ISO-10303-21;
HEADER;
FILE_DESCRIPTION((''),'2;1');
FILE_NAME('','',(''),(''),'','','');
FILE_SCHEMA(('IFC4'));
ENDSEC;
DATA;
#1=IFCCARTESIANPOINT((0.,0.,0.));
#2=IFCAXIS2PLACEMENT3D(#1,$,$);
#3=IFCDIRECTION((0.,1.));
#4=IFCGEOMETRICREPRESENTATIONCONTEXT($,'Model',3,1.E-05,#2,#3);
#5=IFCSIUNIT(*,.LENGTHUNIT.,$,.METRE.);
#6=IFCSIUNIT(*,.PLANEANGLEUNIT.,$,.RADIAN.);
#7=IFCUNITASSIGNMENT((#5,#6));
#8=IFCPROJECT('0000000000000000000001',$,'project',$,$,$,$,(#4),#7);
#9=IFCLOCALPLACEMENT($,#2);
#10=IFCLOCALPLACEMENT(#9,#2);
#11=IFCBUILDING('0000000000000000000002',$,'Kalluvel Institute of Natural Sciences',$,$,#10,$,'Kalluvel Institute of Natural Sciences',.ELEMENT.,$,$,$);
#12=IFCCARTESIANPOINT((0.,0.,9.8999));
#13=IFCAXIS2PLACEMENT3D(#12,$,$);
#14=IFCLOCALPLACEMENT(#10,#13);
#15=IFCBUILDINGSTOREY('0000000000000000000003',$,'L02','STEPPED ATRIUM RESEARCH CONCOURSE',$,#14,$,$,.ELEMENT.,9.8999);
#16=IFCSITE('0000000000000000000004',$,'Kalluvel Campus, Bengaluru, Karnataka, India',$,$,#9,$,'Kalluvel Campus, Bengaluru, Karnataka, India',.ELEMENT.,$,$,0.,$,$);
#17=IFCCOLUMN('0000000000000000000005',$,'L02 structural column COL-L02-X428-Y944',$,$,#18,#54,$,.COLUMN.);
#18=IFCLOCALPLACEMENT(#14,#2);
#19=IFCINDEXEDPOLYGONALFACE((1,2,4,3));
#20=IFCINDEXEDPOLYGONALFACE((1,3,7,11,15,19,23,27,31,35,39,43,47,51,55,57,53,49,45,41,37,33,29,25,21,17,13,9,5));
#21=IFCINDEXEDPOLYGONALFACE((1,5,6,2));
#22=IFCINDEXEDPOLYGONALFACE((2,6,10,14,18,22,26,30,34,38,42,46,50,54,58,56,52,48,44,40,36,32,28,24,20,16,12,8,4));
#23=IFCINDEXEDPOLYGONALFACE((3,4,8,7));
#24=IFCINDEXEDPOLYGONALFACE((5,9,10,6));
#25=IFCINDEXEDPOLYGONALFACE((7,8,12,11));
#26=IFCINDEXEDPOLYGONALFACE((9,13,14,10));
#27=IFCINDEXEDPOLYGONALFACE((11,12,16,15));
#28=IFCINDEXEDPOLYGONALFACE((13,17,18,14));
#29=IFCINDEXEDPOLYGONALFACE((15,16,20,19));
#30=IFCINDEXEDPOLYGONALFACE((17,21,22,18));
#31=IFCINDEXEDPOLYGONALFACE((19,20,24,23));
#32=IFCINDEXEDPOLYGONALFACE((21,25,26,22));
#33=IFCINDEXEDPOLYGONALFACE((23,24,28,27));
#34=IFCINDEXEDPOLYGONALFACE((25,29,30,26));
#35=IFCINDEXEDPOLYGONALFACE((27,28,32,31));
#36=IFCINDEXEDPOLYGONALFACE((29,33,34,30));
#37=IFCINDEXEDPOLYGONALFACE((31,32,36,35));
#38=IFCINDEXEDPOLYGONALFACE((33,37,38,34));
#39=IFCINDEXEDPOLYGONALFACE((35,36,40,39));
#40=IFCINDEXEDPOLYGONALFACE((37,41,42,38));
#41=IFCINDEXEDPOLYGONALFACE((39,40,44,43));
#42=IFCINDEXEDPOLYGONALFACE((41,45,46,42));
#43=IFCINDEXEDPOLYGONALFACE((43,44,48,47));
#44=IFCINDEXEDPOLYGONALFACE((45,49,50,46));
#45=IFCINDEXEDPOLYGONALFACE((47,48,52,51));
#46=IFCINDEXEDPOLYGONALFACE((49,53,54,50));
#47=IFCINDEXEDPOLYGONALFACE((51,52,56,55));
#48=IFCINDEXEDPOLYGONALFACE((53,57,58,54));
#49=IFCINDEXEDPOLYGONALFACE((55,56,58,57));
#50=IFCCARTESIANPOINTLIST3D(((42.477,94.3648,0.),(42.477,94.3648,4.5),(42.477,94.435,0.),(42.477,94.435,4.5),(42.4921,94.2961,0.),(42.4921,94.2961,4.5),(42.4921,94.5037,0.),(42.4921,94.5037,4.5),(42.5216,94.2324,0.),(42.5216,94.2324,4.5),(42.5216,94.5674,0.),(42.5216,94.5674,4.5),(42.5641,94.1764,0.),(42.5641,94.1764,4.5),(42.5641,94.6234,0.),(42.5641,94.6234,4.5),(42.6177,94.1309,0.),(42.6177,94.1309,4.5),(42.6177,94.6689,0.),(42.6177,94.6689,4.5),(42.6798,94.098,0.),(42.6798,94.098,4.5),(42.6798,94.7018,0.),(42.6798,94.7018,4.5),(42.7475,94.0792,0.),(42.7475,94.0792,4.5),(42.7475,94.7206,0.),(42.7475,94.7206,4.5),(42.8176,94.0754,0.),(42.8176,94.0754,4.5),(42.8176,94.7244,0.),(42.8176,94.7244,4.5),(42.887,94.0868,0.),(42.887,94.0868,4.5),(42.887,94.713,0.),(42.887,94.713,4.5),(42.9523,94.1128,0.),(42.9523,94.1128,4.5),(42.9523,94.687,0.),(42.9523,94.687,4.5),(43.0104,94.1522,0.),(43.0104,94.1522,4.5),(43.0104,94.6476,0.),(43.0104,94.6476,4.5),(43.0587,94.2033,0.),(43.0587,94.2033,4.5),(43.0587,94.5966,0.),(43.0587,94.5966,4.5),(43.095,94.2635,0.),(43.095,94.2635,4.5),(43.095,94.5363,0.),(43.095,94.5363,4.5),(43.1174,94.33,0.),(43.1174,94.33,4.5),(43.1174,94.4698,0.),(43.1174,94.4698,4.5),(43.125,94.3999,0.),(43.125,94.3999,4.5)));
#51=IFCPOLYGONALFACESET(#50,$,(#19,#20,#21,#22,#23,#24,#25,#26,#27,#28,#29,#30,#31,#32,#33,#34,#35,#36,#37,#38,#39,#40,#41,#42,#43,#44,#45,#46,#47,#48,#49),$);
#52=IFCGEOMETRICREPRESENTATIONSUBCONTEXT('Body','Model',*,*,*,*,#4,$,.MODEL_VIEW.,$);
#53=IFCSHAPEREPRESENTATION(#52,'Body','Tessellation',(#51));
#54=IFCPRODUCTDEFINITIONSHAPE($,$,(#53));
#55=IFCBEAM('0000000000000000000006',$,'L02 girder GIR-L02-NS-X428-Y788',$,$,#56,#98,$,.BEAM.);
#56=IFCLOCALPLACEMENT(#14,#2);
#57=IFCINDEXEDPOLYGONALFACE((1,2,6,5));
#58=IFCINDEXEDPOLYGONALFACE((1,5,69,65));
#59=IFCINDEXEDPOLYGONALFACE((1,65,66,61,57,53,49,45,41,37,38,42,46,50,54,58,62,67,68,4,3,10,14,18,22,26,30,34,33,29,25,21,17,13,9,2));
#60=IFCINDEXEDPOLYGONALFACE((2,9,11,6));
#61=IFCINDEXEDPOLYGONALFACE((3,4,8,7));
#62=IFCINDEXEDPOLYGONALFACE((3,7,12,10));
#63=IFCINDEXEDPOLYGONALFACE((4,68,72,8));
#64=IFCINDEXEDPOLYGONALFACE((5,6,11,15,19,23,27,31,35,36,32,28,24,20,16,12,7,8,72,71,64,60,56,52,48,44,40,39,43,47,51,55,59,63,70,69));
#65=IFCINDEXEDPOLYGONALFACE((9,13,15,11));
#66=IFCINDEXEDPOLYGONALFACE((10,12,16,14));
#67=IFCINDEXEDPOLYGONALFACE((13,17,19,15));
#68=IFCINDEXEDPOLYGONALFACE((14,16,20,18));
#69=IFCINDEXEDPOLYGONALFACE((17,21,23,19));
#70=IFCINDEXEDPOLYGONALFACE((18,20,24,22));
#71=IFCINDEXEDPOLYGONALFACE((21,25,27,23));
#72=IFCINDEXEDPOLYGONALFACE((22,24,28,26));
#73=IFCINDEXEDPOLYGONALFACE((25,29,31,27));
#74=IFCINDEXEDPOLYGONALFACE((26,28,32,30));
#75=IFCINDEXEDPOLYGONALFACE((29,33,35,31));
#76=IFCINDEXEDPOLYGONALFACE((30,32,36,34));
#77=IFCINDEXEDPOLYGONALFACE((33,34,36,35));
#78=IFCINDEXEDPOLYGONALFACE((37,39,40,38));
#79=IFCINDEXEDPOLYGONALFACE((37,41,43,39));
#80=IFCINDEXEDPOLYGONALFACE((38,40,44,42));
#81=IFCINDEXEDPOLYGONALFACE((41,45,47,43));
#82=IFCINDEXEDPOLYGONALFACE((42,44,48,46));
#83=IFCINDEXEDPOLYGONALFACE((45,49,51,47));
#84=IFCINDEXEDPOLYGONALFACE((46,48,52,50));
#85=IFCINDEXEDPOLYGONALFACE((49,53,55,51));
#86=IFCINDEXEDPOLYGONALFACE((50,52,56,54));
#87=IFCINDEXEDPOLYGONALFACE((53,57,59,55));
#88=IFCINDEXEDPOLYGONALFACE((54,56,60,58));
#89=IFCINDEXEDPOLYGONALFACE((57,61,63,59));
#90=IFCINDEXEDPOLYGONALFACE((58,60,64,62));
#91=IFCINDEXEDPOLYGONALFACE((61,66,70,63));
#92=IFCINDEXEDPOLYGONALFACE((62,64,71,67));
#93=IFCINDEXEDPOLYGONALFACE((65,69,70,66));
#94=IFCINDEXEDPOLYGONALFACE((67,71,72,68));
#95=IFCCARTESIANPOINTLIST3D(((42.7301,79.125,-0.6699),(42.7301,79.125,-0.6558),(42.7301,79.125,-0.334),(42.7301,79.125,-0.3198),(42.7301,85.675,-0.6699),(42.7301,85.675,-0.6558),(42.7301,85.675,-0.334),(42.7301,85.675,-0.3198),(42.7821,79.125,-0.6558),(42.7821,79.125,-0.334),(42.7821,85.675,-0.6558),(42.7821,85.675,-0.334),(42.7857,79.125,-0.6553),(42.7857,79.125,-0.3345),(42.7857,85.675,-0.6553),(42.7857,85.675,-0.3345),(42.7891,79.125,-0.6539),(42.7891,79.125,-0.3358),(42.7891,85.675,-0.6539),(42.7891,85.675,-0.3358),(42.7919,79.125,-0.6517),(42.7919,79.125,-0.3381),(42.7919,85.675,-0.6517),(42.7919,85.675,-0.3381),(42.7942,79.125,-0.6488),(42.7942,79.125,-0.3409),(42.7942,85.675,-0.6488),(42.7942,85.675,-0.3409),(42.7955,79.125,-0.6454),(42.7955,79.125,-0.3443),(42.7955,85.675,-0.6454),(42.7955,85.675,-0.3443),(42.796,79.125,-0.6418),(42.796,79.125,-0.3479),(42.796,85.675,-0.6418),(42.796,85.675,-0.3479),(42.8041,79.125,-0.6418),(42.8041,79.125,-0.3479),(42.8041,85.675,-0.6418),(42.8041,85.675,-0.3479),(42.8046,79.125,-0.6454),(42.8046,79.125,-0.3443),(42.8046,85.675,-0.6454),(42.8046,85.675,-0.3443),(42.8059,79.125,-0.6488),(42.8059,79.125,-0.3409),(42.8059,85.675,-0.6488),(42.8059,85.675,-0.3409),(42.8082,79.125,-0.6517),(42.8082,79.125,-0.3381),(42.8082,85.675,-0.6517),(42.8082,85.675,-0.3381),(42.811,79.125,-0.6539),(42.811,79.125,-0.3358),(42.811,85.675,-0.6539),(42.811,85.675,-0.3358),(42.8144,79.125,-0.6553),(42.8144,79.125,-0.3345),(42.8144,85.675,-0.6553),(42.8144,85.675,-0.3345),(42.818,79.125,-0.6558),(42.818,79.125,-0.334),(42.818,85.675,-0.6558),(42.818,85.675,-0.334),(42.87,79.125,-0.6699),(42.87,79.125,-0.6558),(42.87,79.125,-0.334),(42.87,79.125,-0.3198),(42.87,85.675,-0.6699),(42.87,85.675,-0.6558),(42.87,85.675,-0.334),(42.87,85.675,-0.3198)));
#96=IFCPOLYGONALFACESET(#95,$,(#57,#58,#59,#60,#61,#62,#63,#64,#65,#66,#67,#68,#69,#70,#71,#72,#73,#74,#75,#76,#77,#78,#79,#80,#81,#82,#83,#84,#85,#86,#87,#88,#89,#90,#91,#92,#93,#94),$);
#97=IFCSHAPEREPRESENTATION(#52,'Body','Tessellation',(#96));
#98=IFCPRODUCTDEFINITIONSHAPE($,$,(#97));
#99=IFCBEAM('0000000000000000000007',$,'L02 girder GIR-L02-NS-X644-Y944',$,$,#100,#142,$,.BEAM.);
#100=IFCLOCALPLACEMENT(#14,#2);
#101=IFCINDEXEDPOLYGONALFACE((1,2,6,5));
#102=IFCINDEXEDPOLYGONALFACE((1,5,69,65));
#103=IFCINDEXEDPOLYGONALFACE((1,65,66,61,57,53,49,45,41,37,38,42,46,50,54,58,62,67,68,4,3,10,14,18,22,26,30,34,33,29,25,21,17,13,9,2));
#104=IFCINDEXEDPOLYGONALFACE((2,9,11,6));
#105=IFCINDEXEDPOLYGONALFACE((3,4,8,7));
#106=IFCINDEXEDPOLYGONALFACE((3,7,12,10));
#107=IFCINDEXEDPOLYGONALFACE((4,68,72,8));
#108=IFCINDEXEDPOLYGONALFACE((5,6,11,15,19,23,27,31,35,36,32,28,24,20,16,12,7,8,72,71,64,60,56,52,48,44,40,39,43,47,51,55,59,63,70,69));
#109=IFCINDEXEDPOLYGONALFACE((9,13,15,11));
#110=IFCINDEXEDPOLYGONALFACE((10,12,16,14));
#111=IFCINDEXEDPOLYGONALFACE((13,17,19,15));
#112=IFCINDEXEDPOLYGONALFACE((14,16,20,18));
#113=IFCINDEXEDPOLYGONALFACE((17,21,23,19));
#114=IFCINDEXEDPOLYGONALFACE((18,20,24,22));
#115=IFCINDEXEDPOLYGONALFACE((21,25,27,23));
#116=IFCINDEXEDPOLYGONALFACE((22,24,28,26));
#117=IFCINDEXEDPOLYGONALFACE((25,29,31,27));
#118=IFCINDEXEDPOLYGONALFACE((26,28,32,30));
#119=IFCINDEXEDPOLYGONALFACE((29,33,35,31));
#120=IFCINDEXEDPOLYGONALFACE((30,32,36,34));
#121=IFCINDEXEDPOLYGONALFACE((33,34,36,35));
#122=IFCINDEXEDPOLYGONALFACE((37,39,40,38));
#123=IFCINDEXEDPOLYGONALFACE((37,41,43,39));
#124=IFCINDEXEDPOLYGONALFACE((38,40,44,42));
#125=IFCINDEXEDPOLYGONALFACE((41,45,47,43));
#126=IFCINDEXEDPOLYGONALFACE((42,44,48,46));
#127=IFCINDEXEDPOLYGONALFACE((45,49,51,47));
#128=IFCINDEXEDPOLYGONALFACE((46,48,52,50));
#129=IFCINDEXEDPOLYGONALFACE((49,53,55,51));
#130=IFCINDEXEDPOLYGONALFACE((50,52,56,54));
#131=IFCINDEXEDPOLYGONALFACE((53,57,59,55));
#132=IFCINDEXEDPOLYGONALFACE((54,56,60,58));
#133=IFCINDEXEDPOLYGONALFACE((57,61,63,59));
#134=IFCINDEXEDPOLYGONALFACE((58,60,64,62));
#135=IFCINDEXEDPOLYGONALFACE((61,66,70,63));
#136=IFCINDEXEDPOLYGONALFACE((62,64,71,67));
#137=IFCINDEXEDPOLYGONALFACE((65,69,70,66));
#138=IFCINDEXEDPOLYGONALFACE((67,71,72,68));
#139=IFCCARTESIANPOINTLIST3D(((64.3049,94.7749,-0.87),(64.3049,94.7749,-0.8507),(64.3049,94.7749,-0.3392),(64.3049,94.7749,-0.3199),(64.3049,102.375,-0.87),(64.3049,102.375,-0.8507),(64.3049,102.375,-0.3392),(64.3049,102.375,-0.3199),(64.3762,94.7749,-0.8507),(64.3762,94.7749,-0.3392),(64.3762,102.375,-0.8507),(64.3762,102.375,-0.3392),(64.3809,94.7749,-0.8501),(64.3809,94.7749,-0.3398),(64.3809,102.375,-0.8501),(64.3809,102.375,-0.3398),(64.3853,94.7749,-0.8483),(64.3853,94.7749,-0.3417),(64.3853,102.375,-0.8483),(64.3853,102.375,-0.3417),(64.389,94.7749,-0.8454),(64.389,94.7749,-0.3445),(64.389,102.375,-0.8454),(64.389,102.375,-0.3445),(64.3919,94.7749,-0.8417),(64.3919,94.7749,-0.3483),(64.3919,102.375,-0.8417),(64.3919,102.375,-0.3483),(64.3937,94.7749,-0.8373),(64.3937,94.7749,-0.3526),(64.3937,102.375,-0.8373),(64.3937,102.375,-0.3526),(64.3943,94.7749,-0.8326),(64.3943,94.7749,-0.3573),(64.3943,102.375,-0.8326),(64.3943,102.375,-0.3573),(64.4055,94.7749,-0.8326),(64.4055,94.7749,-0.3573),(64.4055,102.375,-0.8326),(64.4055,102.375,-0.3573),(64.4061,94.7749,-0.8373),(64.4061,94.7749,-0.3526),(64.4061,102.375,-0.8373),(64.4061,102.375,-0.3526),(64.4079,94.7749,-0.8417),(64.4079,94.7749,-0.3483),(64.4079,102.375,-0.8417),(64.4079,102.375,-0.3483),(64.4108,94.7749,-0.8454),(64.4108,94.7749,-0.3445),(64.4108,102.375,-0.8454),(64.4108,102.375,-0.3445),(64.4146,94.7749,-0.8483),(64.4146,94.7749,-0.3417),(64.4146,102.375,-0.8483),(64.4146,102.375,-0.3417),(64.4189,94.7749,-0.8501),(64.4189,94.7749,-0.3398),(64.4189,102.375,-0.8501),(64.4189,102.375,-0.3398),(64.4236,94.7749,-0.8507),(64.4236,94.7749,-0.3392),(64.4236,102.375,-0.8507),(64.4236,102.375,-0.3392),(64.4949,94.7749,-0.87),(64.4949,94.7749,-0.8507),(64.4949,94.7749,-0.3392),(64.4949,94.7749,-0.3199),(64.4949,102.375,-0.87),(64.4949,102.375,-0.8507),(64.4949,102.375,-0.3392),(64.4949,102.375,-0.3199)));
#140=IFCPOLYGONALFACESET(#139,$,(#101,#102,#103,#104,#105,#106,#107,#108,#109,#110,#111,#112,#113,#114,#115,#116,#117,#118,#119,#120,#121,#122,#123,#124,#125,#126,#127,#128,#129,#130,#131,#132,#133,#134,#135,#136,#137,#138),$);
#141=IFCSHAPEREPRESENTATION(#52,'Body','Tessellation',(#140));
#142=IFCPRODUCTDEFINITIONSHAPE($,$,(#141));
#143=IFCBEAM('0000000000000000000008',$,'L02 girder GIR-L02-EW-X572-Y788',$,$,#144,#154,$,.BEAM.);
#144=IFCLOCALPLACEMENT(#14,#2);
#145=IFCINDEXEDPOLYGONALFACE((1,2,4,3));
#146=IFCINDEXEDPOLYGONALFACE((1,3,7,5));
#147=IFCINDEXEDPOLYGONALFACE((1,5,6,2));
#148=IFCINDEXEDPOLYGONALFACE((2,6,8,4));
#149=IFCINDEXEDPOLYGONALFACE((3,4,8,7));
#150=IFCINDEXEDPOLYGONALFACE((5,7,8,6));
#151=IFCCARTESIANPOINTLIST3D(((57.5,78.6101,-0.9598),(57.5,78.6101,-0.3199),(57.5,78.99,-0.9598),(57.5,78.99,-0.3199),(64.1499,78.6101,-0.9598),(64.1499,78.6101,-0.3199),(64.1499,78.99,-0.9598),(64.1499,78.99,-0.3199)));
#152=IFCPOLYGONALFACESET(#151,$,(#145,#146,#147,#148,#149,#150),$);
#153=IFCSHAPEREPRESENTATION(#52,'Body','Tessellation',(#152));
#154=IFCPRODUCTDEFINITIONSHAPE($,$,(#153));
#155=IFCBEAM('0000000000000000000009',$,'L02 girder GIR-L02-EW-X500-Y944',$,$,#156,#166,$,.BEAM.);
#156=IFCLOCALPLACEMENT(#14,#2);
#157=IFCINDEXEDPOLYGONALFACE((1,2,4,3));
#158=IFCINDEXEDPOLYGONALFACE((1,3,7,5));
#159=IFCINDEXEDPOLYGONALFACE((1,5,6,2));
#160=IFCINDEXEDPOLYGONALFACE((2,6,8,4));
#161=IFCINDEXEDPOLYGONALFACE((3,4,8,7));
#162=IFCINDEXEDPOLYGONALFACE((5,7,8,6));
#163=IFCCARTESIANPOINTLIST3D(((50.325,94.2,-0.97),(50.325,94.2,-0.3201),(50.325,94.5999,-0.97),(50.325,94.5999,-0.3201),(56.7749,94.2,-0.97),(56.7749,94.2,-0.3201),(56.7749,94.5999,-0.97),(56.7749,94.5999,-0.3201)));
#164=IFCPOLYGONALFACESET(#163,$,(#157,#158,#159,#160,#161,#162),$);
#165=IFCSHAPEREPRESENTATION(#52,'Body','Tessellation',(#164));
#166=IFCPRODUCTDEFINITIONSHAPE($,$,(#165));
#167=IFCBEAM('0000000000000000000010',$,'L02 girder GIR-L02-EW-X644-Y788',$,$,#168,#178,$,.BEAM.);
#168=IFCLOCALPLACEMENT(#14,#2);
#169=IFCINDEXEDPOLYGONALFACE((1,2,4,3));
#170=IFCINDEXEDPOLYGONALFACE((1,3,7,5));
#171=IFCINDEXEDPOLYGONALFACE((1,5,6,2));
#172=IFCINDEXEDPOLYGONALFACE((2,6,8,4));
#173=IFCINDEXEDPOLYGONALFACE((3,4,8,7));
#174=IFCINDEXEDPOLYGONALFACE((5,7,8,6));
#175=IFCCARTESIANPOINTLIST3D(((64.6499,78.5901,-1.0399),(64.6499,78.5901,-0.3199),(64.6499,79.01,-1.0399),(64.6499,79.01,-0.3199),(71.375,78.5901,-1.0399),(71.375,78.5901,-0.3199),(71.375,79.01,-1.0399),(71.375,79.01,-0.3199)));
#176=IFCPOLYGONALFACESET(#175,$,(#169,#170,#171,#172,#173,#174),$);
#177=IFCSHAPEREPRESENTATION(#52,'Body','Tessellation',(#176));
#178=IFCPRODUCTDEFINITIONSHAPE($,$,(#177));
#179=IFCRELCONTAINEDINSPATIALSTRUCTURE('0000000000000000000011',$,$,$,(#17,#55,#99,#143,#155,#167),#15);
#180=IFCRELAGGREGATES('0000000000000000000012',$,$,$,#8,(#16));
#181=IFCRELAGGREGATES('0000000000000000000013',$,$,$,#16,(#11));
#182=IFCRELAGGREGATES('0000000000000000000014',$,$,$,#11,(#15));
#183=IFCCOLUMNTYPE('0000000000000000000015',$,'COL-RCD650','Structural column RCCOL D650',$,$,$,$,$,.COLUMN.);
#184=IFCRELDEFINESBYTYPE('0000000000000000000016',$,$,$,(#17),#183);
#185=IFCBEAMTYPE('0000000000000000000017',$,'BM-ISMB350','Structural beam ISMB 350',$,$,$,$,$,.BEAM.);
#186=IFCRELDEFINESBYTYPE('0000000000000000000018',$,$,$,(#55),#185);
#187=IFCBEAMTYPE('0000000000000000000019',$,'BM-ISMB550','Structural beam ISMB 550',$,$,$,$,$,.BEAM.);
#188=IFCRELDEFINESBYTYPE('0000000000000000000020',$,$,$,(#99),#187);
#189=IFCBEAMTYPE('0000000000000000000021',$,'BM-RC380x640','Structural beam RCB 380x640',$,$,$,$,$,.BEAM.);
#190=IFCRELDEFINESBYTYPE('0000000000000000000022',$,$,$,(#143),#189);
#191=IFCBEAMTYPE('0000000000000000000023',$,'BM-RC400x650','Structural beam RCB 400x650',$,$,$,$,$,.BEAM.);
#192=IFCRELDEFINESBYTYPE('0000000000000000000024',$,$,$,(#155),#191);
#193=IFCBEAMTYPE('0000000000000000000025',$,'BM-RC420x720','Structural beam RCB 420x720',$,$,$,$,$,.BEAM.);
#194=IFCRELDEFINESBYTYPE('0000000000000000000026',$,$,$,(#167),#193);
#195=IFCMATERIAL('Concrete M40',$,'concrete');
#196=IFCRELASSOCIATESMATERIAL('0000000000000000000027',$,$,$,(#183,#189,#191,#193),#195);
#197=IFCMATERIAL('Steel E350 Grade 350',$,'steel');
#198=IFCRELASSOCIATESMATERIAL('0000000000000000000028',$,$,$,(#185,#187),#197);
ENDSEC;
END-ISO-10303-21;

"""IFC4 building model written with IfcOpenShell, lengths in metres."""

from ifc_helpers import new_model, si_unit, direction, frame, origin, origin_2d, place, context, subcontext, project, spatial, rectangle, circle, i_section, extrude, material, material_profile, profile_set, type_object, element, save


model = new_model("IFC4")

# Units and contexts
model_context = context("Model", 3, precision=1e-05, world=origin(), true_north=direction((0.0, 1.0)))
body_context = subcontext(model_context, "Body", "Model", "MODEL_VIEW")
ifc_project = project(units=[si_unit("LENGTHUNIT", "METRE"), si_unit("PLANEANGLEUNIT", "RADIAN")], contexts=[model_context])

# Site, building, storey
site_placement = place(None, origin())
site = spatial("IfcSite", under=ifc_project, at=site_placement, Name="Kalluvel Campus, Bengaluru, Karnataka, India", LongName="Kalluvel Campus, Bengaluru, Karnataka, India", CompositionType="ELEMENT", RefElevation=0.0)
building_placement = place(site_placement, origin())
building = spatial("IfcBuilding", under=site, at=building_placement, Name="Kalluvel Institute of Natural Sciences", LongName="Kalluvel Institute of Natural Sciences", CompositionType="ELEMENT")
storey_placement = place(building_placement, frame((0.0, 0.0, 9.8999)))
storey = spatial("IfcBuildingStorey", under=building, at=storey_placement, Name="L02", Description="STEPPED ATRIUM RESEARCH CONCOURSE", CompositionType="ELEMENT", Elevation=9.8999)

# Column
ifc_material_1 = material(Name="Steel E350 Grade 350", Category="steel")
ifc_material_2 = material(Name="Concrete M40", Category="concrete")
ifc_material_profile_1 = material_profile(ifc_material_2, circle(Radius=0.325, at=origin_2d()), Name="RCCOL D650")
ifc_profile_set_1 = profile_set([ifc_material_profile_1], Name="Concrete M40")
column_type_1 = type_object("IfcColumnType", Name="COL-RCD650", Description="Structural column RCCOL D650", PredefinedType="COLUMN", material=ifc_profile_set_1)
for number, where, z_axis, x_axis, name in (
    (1, (42.8, 94.3999, 0.0), (0.0, 0.0, 1.0), (1.0, 0.0, 0.0), "L02 structural column COL-L02-X428-Y944"),
):
    element("IfcColumn", number, at=place(storey_placement, frame(where, z_axis=z_axis, x_axis=x_axis)), inside=storey, type_object=column_type_1, Name=name, PredefinedType="COLUMN", context=body_context, shape_type="SweptSolid", body=[
        extrude(circle(Radius=0.325, at=origin_2d()), origin(), (0.0, 0.0, 1.0), 4.5),
    ])

# Beams
ifc_material_profile_2 = material_profile(ifc_material_1, i_section(OverallWidth=0.1399, OverallDepth=0.3501, WebThickness=0.0081, FlangeThickness=0.0142, FilletRadius=0.0139, at=origin_2d()), Name="ISMB 350")
ifc_profile_set_2 = profile_set([ifc_material_profile_2], Name="Steel E350 Grade 350")
beam_type_1 = type_object("IfcBeamType", Name="BM-ISMB350", Description="Structural beam ISMB 350", PredefinedType="BEAM", material=ifc_profile_set_2)
beam_1_placement = place(storey_placement, frame((42.8, 79.125, -0.4949), z_axis=(0.0, 1.0, 0.0), x_axis=(-1.0, 0.0, 0.0)))
element("IfcBeam", 2, at=beam_1_placement, inside=storey, type_object=beam_type_1, Name="L02 girder GIR-L02-NS-X428-Y788", PredefinedType="BEAM", context=body_context, shape_type="SweptSolid", body=[
    extrude(i_section(OverallWidth=0.1399, OverallDepth=0.3501, WebThickness=0.0081, FlangeThickness=0.0142, FilletRadius=0.0139, at=origin_2d()), origin(), (0.0, 0.0, 1.0), 6.55),
])
ifc_material_profile_3 = material_profile(ifc_material_1, i_section(OverallWidth=0.1899, OverallDepth=0.55, WebThickness=0.0112, FlangeThickness=0.0193, FilletRadius=0.0181, at=origin_2d()), Name="ISMB 550")
ifc_profile_set_3 = profile_set([ifc_material_profile_3], Name="Steel E350 Grade 350")
beam_type_2 = type_object("IfcBeamType", Name="BM-ISMB550", Description="Structural beam ISMB 550", PredefinedType="BEAM", material=ifc_profile_set_3)
beam_2_placement = place(storey_placement, frame((64.3999, 94.7749, -0.595), z_axis=(0.0, 1.0, 0.0), x_axis=(-1.0, 0.0, 0.0)))
element("IfcBeam", 3, at=beam_2_placement, inside=storey, type_object=beam_type_2, Name="L02 girder GIR-L02-NS-X644-Y944", PredefinedType="BEAM", context=body_context, shape_type="SweptSolid", body=[
    extrude(i_section(OverallWidth=0.1899, OverallDepth=0.55, WebThickness=0.0112, FlangeThickness=0.0193, FilletRadius=0.0181, at=origin_2d()), origin(), (0.0, 0.0, 1.0), 7.6001),
])
ifc_material_profile_4 = material_profile(ifc_material_2, rectangle(XDim=0.3799, YDim=0.6399, at=origin_2d()), Name="RCB 380x640")
ifc_profile_set_4 = profile_set([ifc_material_profile_4], Name="Concrete M40")
beam_type_3 = type_object("IfcBeamType", Name="BM-RC380x640", Description="Structural beam RCB 380x640", PredefinedType="BEAM", material=ifc_profile_set_4)
beam_3_placement = place(storey_placement, frame((57.5, 78.8, -0.6399), z_axis=(1.0, 0.0, 0.0), x_axis=(0.0, 1.0, 0.0)))
element("IfcBeam", 4, at=beam_3_placement, inside=storey, type_object=beam_type_3, Name="L02 girder GIR-L02-EW-X572-Y788", PredefinedType="BEAM", context=body_context, shape_type="SweptSolid", body=[
    extrude(rectangle(XDim=0.3799, YDim=0.6399, at=origin_2d()), origin(), (0.0, 0.0, 1.0), 6.6499),
])
ifc_material_profile_5 = material_profile(ifc_material_2, rectangle(XDim=0.3999, YDim=0.6499, at=origin_2d()), Name="RCB 400x650")
ifc_profile_set_5 = profile_set([ifc_material_profile_5], Name="Concrete M40")
beam_type_4 = type_object("IfcBeamType", Name="BM-RC400x650", Description="Structural beam RCB 400x650", PredefinedType="BEAM", material=ifc_profile_set_5)
beam_4_placement = place(storey_placement, frame((50.325, 94.3999, -0.645), z_axis=(1.0, 0.0, 0.0), x_axis=(0.0, 1.0, 0.0)))
element("IfcBeam", 5, at=beam_4_placement, inside=storey, type_object=beam_type_4, Name="L02 girder GIR-L02-EW-X500-Y944", PredefinedType="BEAM", context=body_context, shape_type="SweptSolid", body=[
    extrude(rectangle(XDim=0.3999, YDim=0.6499, at=origin_2d()), origin(), (0.0, 0.0, 1.0), 6.45),
])
ifc_material_profile_6 = material_profile(ifc_material_2, rectangle(XDim=0.4199, YDim=0.72, at=origin_2d()), Name="RCB 420x720")
ifc_profile_set_6 = profile_set([ifc_material_profile_6], Name="Concrete M40")
beam_type_5 = type_object("IfcBeamType", Name="BM-RC420x720", Description="Structural beam RCB 420x720", PredefinedType="BEAM", material=ifc_profile_set_6)
beam_5_placement = place(storey_placement, frame((64.6499, 78.8, -0.6799), z_axis=(1.0, 0.0, 0.0), x_axis=(0.0, 1.0, 0.0)))
element("IfcBeam", 6, at=beam_5_placement, inside=storey, type_object=beam_type_5, Name="L02 girder GIR-L02-EW-X644-Y788", PredefinedType="BEAM", context=body_context, shape_type="SweptSolid", body=[
    extrude(rectangle(XDim=0.4199, YDim=0.72, at=origin_2d()), origin(), (0.0, 0.0, 1.0), 6.7251),
])

save(model, "model.ifc")
